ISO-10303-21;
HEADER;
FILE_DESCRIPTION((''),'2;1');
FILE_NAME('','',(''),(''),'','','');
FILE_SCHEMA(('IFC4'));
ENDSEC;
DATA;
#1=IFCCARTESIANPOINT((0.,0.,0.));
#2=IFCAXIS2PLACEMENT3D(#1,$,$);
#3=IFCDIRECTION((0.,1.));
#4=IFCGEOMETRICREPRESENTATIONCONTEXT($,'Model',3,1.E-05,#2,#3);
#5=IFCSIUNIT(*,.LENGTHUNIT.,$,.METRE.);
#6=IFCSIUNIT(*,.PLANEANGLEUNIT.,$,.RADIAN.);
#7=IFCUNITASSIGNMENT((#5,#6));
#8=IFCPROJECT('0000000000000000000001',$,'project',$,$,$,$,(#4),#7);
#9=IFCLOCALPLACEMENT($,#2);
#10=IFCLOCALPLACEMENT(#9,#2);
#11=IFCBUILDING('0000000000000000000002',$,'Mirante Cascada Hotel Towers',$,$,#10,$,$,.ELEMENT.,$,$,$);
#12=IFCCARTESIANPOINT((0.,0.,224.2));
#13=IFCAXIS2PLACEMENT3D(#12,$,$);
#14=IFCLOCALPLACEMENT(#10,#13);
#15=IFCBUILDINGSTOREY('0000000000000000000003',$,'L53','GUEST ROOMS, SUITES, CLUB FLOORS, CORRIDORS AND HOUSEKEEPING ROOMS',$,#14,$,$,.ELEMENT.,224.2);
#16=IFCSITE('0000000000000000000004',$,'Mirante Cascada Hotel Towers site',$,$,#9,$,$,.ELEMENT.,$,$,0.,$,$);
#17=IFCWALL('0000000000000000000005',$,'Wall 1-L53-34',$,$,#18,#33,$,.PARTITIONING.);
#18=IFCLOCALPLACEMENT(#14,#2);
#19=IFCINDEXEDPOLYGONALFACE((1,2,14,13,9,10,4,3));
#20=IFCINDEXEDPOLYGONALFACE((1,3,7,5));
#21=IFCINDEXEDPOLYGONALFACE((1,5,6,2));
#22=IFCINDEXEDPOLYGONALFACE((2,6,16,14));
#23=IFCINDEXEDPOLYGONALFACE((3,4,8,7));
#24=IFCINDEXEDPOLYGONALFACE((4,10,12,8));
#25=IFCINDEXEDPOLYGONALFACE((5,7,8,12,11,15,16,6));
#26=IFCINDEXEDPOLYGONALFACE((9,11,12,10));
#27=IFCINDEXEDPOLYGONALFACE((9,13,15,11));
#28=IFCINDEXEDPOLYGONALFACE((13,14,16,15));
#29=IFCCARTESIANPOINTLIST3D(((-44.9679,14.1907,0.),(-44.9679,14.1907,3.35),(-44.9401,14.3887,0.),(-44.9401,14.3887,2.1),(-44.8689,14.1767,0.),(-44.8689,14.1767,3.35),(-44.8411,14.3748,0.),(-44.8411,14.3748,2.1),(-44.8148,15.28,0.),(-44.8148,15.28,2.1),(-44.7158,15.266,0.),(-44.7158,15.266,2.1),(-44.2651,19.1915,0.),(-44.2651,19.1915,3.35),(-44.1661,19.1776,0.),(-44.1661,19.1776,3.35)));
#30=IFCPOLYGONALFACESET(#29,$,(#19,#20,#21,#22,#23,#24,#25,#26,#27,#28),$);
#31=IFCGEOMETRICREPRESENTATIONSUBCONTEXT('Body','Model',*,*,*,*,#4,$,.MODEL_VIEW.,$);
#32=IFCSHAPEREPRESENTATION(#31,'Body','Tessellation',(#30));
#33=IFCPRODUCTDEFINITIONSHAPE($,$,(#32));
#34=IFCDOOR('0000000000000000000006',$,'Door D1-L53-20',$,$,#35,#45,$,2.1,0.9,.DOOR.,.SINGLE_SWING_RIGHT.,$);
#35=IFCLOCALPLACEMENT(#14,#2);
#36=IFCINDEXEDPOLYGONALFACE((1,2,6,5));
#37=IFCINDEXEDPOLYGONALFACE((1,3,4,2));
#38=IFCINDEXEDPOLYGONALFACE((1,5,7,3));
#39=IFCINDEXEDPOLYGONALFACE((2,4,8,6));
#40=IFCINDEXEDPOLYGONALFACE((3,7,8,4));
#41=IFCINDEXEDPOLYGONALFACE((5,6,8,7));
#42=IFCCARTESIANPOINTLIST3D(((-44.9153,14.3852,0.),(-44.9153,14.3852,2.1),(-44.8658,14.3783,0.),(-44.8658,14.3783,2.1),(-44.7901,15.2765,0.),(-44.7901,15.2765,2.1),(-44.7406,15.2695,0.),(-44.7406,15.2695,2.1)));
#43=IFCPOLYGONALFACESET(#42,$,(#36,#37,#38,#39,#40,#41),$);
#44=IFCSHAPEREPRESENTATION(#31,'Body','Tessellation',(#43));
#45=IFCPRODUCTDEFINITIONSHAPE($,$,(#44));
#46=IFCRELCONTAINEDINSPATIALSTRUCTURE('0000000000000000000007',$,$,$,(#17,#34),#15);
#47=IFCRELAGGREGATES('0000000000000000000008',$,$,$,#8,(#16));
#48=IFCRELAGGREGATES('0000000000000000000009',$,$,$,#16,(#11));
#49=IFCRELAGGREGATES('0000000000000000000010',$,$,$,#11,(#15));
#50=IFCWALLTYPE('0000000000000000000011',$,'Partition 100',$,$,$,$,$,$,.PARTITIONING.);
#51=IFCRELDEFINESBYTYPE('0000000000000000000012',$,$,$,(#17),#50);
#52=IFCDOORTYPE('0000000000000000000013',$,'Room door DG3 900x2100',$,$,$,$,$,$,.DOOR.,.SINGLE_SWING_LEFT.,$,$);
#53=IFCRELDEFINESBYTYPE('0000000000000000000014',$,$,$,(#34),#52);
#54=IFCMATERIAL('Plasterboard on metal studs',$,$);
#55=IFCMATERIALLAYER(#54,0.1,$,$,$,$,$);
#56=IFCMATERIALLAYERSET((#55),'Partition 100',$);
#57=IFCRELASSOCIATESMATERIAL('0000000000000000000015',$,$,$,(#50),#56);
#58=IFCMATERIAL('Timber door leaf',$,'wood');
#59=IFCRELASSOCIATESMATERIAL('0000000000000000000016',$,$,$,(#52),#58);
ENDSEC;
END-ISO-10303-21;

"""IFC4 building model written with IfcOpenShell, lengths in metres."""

from ifc_helpers import new_model, si_unit, direction, frame, frame_2d, origin, place, context, subcontext, project, spatial, rectangle, extrude, material, layer, layer_set, type_object, element, fill, save


model = new_model("IFC4")

# Units and contexts
model_context = context("Model", 3, precision=1e-05, world=origin(), true_north=direction((0.0, 1.0)))
body_context = subcontext(model_context, "Body", "Model", "MODEL_VIEW")
ifc_project = project(units=[si_unit("LENGTHUNIT", "METRE"), si_unit("PLANEANGLEUNIT", "RADIAN")], contexts=[model_context])

# Site, building, storey
site_placement = place(None, origin())
site = spatial("IfcSite", under=ifc_project, at=site_placement, Name="Mirante Cascada Hotel Towers site", CompositionType="ELEMENT", RefElevation=0.0)
building_placement = place(site_placement, origin())
building = spatial("IfcBuilding", under=site, at=building_placement, Name="Mirante Cascada Hotel Towers", CompositionType="ELEMENT")
storey_placement = place(building_placement, frame((0.0, 0.0, 224.2)))
storey = spatial("IfcBuildingStorey", under=building, at=storey_placement, Name="L53", Description="GUEST ROOMS, SUITES, CLUB FLOORS, CORRIDORS AND HOUSEKEEPING ROOMS", CompositionType="ELEMENT", Elevation=224.2)

# Shared definitions
ifc_material_1 = material(Name="Plasterboard on metal studs")
ifc_layer_1 = layer(ifc_material_1, 0.1)
ifc_layer_set_1 = layer_set([ifc_layer_1], Name="Partition 100")
wall_type = type_object("IfcWallType", Name="Partition 100", PredefinedType="PARTITIONING", material=ifc_layer_set_1)

# Wall, opening, door
wall_1_placement = place(storey_placement, frame((-44.9184, 14.1837, 0.0), z_axis=(0.0, 0.0, 1.0), x_axis=(0.139167, 0.990269, 0.0)))
wall_1 = element("IfcWall", 1, at=wall_1_placement, inside=storey, type_object=wall_type, Name="Wall 1-L53-34", PredefinedType="PARTITIONING", context=body_context, shape_type="SweptSolid", body=[
    extrude(rectangle(XDim=5.05, YDim=0.1, at=frame_2d((2.525, 0.0))), origin(), (0.0, 0.0, 1.0), 3.35),
])
opening_1_placement = place(wall_1_placement, frame((0.2, 0.0, 0.0)))
opening_1 = element("IfcOpeningElement", 2, at=opening_1_placement, cuts=wall_1, PredefinedType="OPENING", context=body_context, shape_type="SweptSolid", body=[
    extrude(rectangle(XDim=0.9, YDim=2.1, at=frame_2d((0.45, 1.05))), frame((0.0, 0.05, 0.0), z_axis=(0.0, -1.0, 0.0), x_axis=(1.0, 0.0, 0.0)), (0.0, 0.0, 1.0), 0.1),
])
ifc_material_2 = material(Name="Timber door leaf", Category="wood")
door_type_1 = type_object("IfcDoorType", Name="Room door DG3 900x2100", OperationType="SINGLE_SWING_LEFT", PredefinedType="DOOR", material=ifc_material_2)
door_1_placement = place(opening_1_placement, frame((0.9, 0.0, 0.0), z_axis=(0.0, 0.0, 1.0), x_axis=(-1.0, 0.0, 0.0)))
door_1 = element("IfcDoor", 3, at=door_1_placement, inside=storey, type_object=door_type_1, Name="Door D1-L53-20", OperationType="SINGLE_SWING_RIGHT", OverallHeight=2.1, OverallWidth=0.9, PredefinedType="DOOR", context=body_context, shape_type="SweptSolid", body=[
    extrude(rectangle(XDim=0.9, YDim=2.1, at=frame_2d((0.45, 1.05))), frame((0.0, 0.025, 0.0), z_axis=(0.0, -1.0, 0.0), x_axis=(1.0, 0.0, 0.0)), (0.0, 0.0, 1.0), 0.05),
])
fill(opening_1, door_1)

save(model, "model.ifc")
